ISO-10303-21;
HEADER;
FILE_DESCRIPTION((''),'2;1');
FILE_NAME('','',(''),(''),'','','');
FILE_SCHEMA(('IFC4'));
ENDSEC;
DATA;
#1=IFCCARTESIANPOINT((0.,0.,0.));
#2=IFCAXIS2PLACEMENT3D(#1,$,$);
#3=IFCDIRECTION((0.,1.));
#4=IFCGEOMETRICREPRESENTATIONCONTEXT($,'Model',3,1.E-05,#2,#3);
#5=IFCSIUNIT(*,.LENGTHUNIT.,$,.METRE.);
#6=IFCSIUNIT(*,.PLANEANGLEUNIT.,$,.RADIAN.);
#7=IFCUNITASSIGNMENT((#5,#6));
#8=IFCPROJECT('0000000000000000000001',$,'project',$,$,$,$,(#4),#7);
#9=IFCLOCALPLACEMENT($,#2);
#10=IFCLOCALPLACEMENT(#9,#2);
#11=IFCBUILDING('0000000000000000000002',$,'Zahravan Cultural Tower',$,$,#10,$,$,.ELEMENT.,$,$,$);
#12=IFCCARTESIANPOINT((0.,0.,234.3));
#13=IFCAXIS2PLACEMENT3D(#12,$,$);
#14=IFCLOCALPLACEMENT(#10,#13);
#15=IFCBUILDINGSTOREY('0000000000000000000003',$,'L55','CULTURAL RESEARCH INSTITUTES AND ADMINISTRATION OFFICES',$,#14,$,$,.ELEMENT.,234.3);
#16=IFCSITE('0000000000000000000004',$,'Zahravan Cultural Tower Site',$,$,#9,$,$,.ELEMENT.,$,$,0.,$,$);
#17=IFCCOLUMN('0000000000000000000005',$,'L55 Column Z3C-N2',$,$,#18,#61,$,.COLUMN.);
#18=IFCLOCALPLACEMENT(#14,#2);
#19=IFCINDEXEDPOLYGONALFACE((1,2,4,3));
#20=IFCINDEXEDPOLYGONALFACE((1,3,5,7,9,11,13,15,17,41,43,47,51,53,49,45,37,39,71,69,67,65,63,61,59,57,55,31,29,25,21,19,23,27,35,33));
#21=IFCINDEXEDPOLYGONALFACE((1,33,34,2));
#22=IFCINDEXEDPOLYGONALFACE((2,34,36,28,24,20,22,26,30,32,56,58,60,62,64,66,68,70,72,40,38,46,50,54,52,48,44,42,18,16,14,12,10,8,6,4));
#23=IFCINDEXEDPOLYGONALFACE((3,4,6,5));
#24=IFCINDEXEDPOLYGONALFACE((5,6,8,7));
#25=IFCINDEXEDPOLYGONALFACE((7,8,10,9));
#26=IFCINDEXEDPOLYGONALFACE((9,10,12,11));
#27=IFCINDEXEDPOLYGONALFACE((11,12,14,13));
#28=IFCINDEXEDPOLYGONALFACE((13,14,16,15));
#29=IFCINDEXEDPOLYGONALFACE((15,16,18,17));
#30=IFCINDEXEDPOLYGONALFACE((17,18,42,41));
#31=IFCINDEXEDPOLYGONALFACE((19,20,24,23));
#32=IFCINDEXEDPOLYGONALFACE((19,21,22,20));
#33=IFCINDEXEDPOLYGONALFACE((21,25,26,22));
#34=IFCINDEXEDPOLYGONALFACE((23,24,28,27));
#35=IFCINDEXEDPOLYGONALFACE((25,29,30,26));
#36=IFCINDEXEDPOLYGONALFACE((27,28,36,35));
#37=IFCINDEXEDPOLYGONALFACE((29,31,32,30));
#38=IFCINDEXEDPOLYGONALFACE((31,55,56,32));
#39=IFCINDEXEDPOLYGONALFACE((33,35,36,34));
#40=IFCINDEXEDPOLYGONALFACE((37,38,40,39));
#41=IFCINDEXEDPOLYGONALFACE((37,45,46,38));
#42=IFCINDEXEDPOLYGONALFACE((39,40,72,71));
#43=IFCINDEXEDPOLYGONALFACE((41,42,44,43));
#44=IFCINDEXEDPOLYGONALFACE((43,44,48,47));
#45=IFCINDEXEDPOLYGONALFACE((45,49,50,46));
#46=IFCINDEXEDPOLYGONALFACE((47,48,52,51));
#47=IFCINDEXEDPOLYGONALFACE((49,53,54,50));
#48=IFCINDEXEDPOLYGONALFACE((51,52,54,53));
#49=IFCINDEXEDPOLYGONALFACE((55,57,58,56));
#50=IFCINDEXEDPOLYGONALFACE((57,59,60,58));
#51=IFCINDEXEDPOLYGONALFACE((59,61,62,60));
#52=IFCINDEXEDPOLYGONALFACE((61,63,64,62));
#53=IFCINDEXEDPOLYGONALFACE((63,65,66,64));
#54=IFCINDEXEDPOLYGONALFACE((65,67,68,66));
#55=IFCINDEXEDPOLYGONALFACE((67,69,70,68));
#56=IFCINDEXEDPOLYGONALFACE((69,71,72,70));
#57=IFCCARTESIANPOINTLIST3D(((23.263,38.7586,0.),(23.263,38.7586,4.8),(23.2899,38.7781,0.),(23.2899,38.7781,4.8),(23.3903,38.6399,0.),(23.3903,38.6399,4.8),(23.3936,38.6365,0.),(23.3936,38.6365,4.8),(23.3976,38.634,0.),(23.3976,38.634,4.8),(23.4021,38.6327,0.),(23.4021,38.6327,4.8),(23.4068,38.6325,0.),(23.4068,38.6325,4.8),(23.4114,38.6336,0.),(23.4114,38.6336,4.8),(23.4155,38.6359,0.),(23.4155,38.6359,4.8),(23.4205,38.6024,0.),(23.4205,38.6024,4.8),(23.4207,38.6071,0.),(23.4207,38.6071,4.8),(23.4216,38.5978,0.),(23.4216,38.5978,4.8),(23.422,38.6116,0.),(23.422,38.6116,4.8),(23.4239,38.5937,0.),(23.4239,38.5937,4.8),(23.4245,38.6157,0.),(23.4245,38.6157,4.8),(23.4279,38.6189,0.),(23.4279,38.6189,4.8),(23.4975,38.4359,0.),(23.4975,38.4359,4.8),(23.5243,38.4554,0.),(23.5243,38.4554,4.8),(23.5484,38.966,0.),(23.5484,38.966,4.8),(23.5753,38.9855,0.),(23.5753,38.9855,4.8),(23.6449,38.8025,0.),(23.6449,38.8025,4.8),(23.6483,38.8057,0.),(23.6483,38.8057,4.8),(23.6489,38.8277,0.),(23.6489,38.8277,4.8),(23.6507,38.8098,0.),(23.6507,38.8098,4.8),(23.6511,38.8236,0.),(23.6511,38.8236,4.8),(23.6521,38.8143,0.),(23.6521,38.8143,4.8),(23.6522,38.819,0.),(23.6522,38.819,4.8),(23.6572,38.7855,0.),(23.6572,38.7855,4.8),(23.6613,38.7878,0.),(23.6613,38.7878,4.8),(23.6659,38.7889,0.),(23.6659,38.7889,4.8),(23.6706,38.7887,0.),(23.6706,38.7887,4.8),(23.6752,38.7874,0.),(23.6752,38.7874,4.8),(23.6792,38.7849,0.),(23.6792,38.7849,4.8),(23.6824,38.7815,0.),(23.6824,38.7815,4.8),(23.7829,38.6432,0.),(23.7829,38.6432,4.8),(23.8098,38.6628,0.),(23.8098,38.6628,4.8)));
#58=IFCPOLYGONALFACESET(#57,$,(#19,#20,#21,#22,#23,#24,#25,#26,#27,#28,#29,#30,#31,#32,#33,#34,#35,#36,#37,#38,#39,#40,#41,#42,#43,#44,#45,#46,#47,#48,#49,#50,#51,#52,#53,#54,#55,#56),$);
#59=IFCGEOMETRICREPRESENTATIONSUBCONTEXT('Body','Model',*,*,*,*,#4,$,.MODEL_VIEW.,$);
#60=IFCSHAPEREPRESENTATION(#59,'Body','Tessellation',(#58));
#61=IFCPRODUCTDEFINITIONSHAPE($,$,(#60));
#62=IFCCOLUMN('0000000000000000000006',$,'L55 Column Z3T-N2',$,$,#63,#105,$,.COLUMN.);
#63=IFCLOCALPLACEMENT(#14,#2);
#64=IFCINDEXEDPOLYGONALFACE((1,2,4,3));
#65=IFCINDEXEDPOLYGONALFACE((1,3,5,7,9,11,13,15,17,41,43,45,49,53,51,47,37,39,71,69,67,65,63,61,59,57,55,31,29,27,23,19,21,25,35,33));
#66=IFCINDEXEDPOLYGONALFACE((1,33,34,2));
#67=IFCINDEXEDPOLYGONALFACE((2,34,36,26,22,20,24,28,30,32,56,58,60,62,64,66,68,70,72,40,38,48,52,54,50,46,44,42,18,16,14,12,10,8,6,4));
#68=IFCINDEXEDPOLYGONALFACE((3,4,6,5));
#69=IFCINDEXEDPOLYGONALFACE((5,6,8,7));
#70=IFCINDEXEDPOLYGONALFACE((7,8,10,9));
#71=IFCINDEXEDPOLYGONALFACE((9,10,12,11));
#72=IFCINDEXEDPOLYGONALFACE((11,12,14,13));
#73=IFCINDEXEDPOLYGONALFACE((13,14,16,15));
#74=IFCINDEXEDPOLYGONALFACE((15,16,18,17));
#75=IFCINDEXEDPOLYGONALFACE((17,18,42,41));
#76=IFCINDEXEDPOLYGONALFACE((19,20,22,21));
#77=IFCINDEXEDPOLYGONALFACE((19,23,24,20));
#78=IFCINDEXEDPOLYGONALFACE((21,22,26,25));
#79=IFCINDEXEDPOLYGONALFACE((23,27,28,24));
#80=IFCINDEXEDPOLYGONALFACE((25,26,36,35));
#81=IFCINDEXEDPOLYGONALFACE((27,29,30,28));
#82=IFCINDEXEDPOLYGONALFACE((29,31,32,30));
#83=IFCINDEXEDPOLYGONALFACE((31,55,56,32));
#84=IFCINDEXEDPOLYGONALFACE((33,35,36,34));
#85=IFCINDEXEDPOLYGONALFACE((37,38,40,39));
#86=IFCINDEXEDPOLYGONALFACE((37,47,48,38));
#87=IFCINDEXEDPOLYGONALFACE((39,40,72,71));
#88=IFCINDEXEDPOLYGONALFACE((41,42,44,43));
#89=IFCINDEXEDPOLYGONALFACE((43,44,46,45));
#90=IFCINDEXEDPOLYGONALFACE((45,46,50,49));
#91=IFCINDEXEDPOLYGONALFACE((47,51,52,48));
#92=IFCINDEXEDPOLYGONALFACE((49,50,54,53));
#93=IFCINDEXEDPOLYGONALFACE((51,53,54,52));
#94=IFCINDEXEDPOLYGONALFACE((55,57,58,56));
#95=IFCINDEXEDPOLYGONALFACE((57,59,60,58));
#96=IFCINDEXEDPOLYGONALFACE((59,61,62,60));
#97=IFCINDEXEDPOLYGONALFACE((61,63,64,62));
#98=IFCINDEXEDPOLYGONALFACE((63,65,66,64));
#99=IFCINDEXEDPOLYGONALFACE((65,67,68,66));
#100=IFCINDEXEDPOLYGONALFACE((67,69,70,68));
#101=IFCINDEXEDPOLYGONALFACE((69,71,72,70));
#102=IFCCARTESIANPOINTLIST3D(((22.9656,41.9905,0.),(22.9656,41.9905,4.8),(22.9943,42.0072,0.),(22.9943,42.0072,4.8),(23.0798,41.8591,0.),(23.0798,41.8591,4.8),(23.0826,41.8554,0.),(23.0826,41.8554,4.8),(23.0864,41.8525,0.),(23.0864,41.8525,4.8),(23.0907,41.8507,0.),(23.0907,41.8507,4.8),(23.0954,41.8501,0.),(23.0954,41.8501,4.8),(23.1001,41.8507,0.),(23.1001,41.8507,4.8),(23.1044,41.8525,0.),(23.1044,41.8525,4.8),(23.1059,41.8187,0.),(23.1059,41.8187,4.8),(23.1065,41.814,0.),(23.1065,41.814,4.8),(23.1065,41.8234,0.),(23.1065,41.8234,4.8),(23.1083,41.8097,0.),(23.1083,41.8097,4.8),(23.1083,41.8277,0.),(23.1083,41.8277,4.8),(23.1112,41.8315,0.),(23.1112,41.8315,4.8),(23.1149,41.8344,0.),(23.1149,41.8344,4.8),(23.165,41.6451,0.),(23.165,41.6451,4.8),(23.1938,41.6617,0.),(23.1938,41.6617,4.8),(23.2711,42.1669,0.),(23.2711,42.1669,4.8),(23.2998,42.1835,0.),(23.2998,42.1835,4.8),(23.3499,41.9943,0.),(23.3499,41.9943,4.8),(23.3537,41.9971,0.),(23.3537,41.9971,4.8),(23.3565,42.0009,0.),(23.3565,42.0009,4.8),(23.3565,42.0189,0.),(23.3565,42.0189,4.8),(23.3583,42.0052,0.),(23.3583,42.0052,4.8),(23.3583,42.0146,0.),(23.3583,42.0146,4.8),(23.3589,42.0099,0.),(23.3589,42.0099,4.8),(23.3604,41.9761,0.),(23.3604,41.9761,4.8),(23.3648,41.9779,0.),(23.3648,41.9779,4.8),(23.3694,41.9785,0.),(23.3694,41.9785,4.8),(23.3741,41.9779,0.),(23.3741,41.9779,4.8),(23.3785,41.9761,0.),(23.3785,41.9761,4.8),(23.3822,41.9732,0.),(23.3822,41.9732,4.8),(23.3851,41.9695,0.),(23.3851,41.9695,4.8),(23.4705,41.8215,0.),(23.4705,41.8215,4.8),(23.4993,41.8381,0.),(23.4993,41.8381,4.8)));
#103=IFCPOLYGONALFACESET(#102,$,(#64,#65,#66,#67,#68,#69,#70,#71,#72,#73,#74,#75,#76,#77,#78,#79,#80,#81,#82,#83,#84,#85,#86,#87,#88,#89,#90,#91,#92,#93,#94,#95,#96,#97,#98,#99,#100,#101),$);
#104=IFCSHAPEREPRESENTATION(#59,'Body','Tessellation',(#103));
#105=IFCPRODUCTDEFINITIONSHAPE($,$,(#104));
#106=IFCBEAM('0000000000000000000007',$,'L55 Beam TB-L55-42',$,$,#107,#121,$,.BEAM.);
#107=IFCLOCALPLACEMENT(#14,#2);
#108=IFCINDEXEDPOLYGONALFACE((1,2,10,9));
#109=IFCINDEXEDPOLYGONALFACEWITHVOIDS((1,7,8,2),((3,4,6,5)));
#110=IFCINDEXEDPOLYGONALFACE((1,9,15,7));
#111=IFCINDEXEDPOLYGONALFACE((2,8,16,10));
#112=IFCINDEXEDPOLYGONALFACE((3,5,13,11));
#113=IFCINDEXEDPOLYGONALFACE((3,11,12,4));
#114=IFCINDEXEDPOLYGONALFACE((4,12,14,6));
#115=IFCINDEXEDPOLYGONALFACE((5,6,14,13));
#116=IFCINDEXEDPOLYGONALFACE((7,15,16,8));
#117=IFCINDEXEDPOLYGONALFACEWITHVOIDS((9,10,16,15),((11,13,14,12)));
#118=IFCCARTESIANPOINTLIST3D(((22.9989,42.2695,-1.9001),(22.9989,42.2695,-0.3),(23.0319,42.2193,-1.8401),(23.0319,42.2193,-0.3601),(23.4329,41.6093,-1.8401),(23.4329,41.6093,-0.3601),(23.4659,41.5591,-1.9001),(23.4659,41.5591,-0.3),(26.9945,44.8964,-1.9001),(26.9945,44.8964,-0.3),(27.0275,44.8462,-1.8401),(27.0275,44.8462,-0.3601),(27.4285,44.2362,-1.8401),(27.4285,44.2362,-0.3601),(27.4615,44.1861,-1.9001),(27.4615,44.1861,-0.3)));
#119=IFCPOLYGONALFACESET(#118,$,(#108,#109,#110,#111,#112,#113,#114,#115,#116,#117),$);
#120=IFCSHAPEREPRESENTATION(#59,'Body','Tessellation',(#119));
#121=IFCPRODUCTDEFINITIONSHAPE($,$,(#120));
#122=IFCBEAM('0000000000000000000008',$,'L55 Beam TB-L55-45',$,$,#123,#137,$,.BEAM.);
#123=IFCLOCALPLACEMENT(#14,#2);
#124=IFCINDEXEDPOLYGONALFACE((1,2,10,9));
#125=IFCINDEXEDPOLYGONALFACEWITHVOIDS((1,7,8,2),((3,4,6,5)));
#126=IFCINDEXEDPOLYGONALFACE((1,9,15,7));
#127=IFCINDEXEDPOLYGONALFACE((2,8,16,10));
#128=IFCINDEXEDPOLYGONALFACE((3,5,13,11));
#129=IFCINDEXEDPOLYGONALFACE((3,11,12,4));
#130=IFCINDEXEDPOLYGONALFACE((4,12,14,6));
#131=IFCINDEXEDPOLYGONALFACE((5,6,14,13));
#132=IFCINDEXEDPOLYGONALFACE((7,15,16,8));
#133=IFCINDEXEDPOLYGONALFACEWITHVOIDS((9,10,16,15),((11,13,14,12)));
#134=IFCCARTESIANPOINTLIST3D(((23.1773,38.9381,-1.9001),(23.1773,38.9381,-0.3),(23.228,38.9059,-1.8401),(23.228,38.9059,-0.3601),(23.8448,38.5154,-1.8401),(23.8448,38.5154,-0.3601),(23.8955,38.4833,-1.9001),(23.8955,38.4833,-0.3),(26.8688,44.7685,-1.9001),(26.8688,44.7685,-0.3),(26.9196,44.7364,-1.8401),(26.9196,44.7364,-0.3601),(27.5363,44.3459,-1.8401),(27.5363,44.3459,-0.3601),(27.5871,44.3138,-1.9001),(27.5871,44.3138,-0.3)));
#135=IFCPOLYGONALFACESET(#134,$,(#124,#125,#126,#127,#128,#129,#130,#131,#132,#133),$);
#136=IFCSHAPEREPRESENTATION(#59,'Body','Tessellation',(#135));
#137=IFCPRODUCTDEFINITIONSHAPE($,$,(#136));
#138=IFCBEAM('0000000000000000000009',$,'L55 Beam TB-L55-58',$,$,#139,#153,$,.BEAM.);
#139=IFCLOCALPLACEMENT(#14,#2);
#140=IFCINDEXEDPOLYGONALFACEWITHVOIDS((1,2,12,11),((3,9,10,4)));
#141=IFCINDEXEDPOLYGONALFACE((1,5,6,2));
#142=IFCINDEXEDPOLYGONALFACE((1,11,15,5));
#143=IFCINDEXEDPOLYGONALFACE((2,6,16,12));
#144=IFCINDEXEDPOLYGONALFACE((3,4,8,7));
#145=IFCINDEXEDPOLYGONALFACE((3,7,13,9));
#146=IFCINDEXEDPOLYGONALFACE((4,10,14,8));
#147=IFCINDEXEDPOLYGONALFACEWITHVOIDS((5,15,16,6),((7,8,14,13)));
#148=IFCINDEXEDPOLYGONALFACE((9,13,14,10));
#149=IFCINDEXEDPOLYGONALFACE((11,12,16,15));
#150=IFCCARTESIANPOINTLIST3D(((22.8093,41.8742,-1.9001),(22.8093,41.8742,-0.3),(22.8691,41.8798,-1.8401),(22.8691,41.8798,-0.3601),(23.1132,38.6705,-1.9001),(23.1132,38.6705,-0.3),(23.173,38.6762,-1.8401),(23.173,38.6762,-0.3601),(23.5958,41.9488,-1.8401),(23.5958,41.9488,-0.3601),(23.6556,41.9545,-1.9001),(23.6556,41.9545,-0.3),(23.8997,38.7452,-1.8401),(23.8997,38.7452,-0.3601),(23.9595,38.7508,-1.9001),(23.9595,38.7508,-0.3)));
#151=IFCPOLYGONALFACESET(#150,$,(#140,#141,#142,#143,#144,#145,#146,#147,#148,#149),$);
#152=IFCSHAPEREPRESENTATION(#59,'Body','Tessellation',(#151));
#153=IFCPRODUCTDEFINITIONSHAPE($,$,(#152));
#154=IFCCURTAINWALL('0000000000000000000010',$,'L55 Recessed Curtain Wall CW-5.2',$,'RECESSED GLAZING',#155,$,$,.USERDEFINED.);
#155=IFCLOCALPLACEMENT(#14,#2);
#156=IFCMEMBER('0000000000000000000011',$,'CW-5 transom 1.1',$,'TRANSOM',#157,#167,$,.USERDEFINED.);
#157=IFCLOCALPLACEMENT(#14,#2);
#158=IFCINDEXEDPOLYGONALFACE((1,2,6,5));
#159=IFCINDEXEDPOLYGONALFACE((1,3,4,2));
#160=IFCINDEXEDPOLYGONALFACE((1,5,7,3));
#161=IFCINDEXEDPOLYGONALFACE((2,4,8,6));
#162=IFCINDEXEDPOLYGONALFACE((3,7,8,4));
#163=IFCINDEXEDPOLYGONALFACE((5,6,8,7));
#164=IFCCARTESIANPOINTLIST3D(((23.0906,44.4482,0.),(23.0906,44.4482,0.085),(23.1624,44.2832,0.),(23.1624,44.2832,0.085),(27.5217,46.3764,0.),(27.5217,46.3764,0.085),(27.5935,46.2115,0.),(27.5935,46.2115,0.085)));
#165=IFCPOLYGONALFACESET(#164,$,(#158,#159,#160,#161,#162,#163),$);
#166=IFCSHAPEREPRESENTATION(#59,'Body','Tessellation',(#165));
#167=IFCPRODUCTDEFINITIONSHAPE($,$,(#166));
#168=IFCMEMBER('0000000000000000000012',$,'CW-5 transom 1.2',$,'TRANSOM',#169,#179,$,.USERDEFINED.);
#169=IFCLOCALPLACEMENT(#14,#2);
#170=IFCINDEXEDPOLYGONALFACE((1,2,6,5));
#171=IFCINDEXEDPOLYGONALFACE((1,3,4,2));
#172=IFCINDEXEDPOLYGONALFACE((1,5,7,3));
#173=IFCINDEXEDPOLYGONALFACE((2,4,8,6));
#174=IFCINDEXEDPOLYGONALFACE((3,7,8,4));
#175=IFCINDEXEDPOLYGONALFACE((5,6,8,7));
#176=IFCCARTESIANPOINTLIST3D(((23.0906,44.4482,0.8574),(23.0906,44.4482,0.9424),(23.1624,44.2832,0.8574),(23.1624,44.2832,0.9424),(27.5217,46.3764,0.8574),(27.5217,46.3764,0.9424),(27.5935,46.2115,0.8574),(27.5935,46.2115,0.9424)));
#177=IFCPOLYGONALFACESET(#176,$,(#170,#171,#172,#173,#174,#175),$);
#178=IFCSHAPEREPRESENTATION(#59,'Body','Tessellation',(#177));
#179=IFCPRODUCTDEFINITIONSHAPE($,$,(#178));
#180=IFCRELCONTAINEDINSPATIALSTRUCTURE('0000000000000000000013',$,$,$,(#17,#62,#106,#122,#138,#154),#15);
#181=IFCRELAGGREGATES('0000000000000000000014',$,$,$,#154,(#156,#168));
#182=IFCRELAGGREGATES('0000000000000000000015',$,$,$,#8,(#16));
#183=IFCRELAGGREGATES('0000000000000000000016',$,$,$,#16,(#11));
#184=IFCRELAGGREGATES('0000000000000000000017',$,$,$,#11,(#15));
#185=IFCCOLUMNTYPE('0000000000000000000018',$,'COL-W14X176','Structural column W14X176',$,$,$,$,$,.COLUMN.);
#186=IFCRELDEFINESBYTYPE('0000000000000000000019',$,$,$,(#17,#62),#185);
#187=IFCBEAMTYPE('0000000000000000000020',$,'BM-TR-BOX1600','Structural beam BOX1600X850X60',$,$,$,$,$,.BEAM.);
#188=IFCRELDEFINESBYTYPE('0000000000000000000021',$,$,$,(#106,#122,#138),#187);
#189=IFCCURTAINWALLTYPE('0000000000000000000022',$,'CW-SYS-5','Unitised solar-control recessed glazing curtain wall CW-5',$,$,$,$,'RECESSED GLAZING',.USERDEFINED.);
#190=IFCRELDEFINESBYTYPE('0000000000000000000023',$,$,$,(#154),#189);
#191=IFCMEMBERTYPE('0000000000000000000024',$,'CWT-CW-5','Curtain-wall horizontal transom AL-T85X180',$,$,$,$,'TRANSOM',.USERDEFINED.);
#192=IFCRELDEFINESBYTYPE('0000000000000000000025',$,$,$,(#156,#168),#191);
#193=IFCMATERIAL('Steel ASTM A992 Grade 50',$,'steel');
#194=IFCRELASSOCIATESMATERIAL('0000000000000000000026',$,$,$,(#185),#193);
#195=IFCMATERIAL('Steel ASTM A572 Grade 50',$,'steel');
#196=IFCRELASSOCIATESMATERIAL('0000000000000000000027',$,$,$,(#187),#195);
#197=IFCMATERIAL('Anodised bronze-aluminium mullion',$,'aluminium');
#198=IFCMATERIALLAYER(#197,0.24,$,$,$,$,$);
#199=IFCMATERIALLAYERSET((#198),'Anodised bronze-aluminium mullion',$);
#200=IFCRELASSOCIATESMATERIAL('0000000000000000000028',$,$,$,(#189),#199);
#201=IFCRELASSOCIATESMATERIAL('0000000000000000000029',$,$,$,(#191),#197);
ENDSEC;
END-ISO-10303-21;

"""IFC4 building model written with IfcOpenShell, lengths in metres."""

from ifc_helpers import new_model, si_unit, direction, frame, origin, origin_2d, place, context, subcontext, project, spatial, rectangle, hollow_rectangle, i_section, extrude, source, transform, mapped, material, layer, layer_set, material_profile, profile_set, type_object, element, aggregate, save


model = new_model("IFC4")

# Units and contexts
model_context = context("Model", 3, precision=1e-05, world=origin(), true_north=direction((0.0, 1.0)))
body_context = subcontext(model_context, "Body", "Model", "MODEL_VIEW")
ifc_project = project(units=[si_unit("LENGTHUNIT", "METRE"), si_unit("PLANEANGLEUNIT", "RADIAN")], contexts=[model_context])

# Site, building, storey
site_placement = place(None, origin())
site = spatial("IfcSite", under=ifc_project, at=site_placement, Name="Zahravan Cultural Tower Site", CompositionType="ELEMENT", RefElevation=0.0)
building_placement = place(site_placement, origin())
building = spatial("IfcBuilding", under=site, at=building_placement, Name="Zahravan Cultural Tower", CompositionType="ELEMENT")
storey_placement = place(building_placement, frame((0.0, 0.0, 234.3)))
storey = spatial("IfcBuildingStorey", under=building, at=storey_placement, Name="L55", Description="CULTURAL RESEARCH INSTITUTES AND ADMINISTRATION OFFICES", CompositionType="ELEMENT", Elevation=234.3)

# Columns
ifc_material_1 = material(Name="Steel ASTM A992 Grade 50", Category="steel")
ifc_material_profile_1 = material_profile(ifc_material_1, i_section(OverallWidth=0.3989, OverallDepth=0.386, WebThickness=0.021, FlangeThickness=0.0332, FilletRadius=0.0181, at=origin_2d()), Name="W14X176")
ifc_profile_set_1 = profile_set([ifc_material_profile_1], Name="Steel ASTM A992 Grade 50")
column_type = type_object("IfcColumnType", Name="COL-W14X176", Description="Structural column W14X176", PredefinedType="COLUMN", material=ifc_profile_set_1)
shared_shape_1 = source(origin(), body_context, "Body", "SweptSolid", [
    extrude(i_section(OverallWidth=0.3989, OverallDepth=0.386, WebThickness=0.021, FlangeThickness=0.0332, FilletRadius=0.0181, at=origin_2d()), origin(), (0.0, 0.0, 1.0), 4.8),
])
for number, where, z_axis, x_axis, name in (
    (1, (23.5364, 38.7107, 0.0), (0.0, 0.0, 1.0), (-0.587785, 0.809017, 0.0), "L55 Column Z3C-N2"),
    (2, (23.2324, 41.9143, 0.0), (0.0, 0.0, 1.0), (-0.5, 0.866025, 0.0), "L55 Column Z3T-N2"),
):
    element("IfcColumn", number, at=place(storey_placement, frame(where, z_axis=z_axis, x_axis=x_axis)), inside=storey, type_object=column_type, Name=name, PredefinedType="COLUMN", context=body_context, shape_type="MappedRepresentation", body=[
        mapped(shared_shape_1, transform((0.0, 0.0, 0.0), x_axis=(1.0, 0.0, 0.0), y_axis=(0.0, 1.0, 0.0), z_axis=(0.0, 0.0, 1.0), scale=1.0)),
    ])

# Beams
ifc_material_2 = material(Name="Steel ASTM A572 Grade 50", Category="steel")
ifc_material_profile_2 = material_profile(ifc_material_2, hollow_rectangle(XDim=0.8501, YDim=1.6001, WallThickness=0.0601, at=origin_2d()), Name="BOX1600X850X60")
ifc_profile_set_2 = profile_set([ifc_material_profile_2], Name="Steel ASTM A572 Grade 50")
beam_type = type_object("IfcBeamType", Name="BM-TR-BOX1600", Description="Structural beam BOX1600X850X60", PredefinedType="BEAM", material=ifc_profile_set_2)
shared_shape_2 = source(origin(), body_context, "Body", "SweptSolid", [
    extrude(hollow_rectangle(XDim=0.8501, YDim=1.6001, WallThickness=0.0601, at=origin_2d()), origin(), (0.0, 0.0, 1.0), 4.7817),
])
beam_1_placement = place(storey_placement, frame((23.2324, 41.9143, -1.1001), z_axis=(0.835584, 0.549363, 0.0), x_axis=(-0.549363, 0.835584, 0.0)))
element("IfcBeam", 3, at=beam_1_placement, inside=storey, type_object=beam_type, Name="L55 Beam TB-L55-42", PredefinedType="BEAM", context=body_context, shape_type="MappedRepresentation", body=[
    mapped(shared_shape_2, transform((0.0, 0.0, 0.0), x_axis=(1.0, 0.0, 0.0), y_axis=(0.0, 1.0, 0.0), z_axis=(0.0, 0.0, 1.0), scale=1.0)),
])
shared_shape_3 = source(origin(), body_context, "Body", "SweptSolid", [
    extrude(hollow_rectangle(XDim=0.8501, YDim=1.6001, WallThickness=0.0601, at=origin_2d()), origin(), (0.0, 0.0, 1.0), 6.9009),
])
beam_2_placement = place(storey_placement, frame((23.5364, 38.7107, -1.1001), z_axis=(0.534944, 0.844887, 0.0), x_axis=(-0.844887, 0.534944, 0.0)))
element("IfcBeam", 4, at=beam_2_placement, inside=storey, type_object=beam_type, Name="L55 Beam TB-L55-45", PredefinedType="BEAM", context=body_context, shape_type="MappedRepresentation", body=[
    mapped(shared_shape_3, transform((0.0, 0.0, 0.0), x_axis=(1.0, 0.0, 0.0), y_axis=(0.0, 1.0, 0.0), z_axis=(0.0, 0.0, 1.0), scale=1.0)),
])
shared_shape_4 = source(origin(), body_context, "Body", "SweptSolid", [
    extrude(hollow_rectangle(XDim=0.8501, YDim=1.6001, WallThickness=0.0601, at=origin_2d()), origin(), (0.0, 0.0, 1.0), 3.218),
])
beam_3_placement = place(storey_placement, frame((23.2324, 41.9143, -1.1001), z_axis=(0.094455, -0.995529, 0.0), x_axis=(0.995529, 0.094455, 0.0)))
element("IfcBeam", 5, at=beam_3_placement, inside=storey, type_object=beam_type, Name="L55 Beam TB-L55-58", PredefinedType="BEAM", context=body_context, shape_type="MappedRepresentation", body=[
    mapped(shared_shape_4, transform((0.0, 0.0, 0.0), x_axis=(1.0, 0.0, 0.0), y_axis=(0.0, 1.0, 0.0), z_axis=(0.0, 0.0, 1.0), scale=1.0)),
])

# Curtain wall, members
ifc_material_3 = material(Name="Anodised bronze-aluminium mullion", Category="aluminium")
ifc_layer_1 = layer(ifc_material_3, 0.24)
ifc_layer_set_1 = layer_set([ifc_layer_1], Name="Anodised bronze-aluminium mullion")
curtain_wall_type = type_object("IfcCurtainWallType", Name="CW-SYS-5", Description="Unitised solar-control recessed glazing curtain wall CW-5", ElementType="RECESSED GLAZING", PredefinedType="USERDEFINED", material=ifc_layer_set_1)
curtain_wall_placement = place(storey_placement, origin())
curtain_wall = element("IfcCurtainWall", 6, at=curtain_wall_placement, inside=storey, type_object=curtain_wall_type, Name="L55 Recessed Curtain Wall CW-5.2", ObjectType="RECESSED GLAZING", PredefinedType="USERDEFINED")
ifc_material_profile_3 = material_profile(ifc_material_3, rectangle(XDim=0.1799, YDim=0.085, at=origin_2d()), Name="AL-T85X180")
ifc_profile_set_3 = profile_set([ifc_material_profile_3], Name="Anodised bronze-aluminium mullion")
member_type_1 = type_object("IfcMemberType", Name="CWT-CW-5", Description="Curtain-wall horizontal transom AL-T85X180", ElementType="TRANSOM", PredefinedType="USERDEFINED", material=ifc_profile_set_3)
shared_shape_5 = source(origin(), body_context, "Body", "SweptSolid", [
    extrude(rectangle(XDim=0.1799, YDim=0.085, at=origin_2d()), origin(), (0.0, 0.0, 1.0), 4.8325),
])
member_1_placement = place(storey_placement, frame((23.1265, 44.3657, 0.0425), z_axis=(0.916946, 0.399011, 0.0), x_axis=(-0.399011, 0.916946, 0.0)))
member_1 = element("IfcMember", 7, at=member_1_placement, type_object=member_type_1, Name="CW-5 transom 1.1", ObjectType="TRANSOM", PredefinedType="USERDEFINED", context=body_context, shape_type="MappedRepresentation", body=[
    mapped(shared_shape_5, transform((0.0, 0.0, 0.0), x_axis=(1.0, 0.0, 0.0), y_axis=(0.0, 1.0, 0.0), z_axis=(0.0, 0.0, 1.0), scale=1.0)),
])
member_2_placement = place(storey_placement, frame((23.1265, 44.3657, 0.8999), z_axis=(0.916946, 0.399011, 0.0), x_axis=(-0.399011, 0.916946, 0.0)))
member_2 = element("IfcMember", 8, at=member_2_placement, type_object=member_type_1, Name="CW-5 transom 1.2", ObjectType="TRANSOM", PredefinedType="USERDEFINED", context=body_context, shape_type="MappedRepresentation", body=[
    mapped(shared_shape_5, transform((0.0, 0.0, 0.0), x_axis=(1.0, 0.0, 0.0), y_axis=(0.0, 1.0, 0.0), z_axis=(0.0, 0.0, 1.0), scale=1.0)),
])

aggregate(curtain_wall, [member_1, member_2])

save(model, "model.ifc")
